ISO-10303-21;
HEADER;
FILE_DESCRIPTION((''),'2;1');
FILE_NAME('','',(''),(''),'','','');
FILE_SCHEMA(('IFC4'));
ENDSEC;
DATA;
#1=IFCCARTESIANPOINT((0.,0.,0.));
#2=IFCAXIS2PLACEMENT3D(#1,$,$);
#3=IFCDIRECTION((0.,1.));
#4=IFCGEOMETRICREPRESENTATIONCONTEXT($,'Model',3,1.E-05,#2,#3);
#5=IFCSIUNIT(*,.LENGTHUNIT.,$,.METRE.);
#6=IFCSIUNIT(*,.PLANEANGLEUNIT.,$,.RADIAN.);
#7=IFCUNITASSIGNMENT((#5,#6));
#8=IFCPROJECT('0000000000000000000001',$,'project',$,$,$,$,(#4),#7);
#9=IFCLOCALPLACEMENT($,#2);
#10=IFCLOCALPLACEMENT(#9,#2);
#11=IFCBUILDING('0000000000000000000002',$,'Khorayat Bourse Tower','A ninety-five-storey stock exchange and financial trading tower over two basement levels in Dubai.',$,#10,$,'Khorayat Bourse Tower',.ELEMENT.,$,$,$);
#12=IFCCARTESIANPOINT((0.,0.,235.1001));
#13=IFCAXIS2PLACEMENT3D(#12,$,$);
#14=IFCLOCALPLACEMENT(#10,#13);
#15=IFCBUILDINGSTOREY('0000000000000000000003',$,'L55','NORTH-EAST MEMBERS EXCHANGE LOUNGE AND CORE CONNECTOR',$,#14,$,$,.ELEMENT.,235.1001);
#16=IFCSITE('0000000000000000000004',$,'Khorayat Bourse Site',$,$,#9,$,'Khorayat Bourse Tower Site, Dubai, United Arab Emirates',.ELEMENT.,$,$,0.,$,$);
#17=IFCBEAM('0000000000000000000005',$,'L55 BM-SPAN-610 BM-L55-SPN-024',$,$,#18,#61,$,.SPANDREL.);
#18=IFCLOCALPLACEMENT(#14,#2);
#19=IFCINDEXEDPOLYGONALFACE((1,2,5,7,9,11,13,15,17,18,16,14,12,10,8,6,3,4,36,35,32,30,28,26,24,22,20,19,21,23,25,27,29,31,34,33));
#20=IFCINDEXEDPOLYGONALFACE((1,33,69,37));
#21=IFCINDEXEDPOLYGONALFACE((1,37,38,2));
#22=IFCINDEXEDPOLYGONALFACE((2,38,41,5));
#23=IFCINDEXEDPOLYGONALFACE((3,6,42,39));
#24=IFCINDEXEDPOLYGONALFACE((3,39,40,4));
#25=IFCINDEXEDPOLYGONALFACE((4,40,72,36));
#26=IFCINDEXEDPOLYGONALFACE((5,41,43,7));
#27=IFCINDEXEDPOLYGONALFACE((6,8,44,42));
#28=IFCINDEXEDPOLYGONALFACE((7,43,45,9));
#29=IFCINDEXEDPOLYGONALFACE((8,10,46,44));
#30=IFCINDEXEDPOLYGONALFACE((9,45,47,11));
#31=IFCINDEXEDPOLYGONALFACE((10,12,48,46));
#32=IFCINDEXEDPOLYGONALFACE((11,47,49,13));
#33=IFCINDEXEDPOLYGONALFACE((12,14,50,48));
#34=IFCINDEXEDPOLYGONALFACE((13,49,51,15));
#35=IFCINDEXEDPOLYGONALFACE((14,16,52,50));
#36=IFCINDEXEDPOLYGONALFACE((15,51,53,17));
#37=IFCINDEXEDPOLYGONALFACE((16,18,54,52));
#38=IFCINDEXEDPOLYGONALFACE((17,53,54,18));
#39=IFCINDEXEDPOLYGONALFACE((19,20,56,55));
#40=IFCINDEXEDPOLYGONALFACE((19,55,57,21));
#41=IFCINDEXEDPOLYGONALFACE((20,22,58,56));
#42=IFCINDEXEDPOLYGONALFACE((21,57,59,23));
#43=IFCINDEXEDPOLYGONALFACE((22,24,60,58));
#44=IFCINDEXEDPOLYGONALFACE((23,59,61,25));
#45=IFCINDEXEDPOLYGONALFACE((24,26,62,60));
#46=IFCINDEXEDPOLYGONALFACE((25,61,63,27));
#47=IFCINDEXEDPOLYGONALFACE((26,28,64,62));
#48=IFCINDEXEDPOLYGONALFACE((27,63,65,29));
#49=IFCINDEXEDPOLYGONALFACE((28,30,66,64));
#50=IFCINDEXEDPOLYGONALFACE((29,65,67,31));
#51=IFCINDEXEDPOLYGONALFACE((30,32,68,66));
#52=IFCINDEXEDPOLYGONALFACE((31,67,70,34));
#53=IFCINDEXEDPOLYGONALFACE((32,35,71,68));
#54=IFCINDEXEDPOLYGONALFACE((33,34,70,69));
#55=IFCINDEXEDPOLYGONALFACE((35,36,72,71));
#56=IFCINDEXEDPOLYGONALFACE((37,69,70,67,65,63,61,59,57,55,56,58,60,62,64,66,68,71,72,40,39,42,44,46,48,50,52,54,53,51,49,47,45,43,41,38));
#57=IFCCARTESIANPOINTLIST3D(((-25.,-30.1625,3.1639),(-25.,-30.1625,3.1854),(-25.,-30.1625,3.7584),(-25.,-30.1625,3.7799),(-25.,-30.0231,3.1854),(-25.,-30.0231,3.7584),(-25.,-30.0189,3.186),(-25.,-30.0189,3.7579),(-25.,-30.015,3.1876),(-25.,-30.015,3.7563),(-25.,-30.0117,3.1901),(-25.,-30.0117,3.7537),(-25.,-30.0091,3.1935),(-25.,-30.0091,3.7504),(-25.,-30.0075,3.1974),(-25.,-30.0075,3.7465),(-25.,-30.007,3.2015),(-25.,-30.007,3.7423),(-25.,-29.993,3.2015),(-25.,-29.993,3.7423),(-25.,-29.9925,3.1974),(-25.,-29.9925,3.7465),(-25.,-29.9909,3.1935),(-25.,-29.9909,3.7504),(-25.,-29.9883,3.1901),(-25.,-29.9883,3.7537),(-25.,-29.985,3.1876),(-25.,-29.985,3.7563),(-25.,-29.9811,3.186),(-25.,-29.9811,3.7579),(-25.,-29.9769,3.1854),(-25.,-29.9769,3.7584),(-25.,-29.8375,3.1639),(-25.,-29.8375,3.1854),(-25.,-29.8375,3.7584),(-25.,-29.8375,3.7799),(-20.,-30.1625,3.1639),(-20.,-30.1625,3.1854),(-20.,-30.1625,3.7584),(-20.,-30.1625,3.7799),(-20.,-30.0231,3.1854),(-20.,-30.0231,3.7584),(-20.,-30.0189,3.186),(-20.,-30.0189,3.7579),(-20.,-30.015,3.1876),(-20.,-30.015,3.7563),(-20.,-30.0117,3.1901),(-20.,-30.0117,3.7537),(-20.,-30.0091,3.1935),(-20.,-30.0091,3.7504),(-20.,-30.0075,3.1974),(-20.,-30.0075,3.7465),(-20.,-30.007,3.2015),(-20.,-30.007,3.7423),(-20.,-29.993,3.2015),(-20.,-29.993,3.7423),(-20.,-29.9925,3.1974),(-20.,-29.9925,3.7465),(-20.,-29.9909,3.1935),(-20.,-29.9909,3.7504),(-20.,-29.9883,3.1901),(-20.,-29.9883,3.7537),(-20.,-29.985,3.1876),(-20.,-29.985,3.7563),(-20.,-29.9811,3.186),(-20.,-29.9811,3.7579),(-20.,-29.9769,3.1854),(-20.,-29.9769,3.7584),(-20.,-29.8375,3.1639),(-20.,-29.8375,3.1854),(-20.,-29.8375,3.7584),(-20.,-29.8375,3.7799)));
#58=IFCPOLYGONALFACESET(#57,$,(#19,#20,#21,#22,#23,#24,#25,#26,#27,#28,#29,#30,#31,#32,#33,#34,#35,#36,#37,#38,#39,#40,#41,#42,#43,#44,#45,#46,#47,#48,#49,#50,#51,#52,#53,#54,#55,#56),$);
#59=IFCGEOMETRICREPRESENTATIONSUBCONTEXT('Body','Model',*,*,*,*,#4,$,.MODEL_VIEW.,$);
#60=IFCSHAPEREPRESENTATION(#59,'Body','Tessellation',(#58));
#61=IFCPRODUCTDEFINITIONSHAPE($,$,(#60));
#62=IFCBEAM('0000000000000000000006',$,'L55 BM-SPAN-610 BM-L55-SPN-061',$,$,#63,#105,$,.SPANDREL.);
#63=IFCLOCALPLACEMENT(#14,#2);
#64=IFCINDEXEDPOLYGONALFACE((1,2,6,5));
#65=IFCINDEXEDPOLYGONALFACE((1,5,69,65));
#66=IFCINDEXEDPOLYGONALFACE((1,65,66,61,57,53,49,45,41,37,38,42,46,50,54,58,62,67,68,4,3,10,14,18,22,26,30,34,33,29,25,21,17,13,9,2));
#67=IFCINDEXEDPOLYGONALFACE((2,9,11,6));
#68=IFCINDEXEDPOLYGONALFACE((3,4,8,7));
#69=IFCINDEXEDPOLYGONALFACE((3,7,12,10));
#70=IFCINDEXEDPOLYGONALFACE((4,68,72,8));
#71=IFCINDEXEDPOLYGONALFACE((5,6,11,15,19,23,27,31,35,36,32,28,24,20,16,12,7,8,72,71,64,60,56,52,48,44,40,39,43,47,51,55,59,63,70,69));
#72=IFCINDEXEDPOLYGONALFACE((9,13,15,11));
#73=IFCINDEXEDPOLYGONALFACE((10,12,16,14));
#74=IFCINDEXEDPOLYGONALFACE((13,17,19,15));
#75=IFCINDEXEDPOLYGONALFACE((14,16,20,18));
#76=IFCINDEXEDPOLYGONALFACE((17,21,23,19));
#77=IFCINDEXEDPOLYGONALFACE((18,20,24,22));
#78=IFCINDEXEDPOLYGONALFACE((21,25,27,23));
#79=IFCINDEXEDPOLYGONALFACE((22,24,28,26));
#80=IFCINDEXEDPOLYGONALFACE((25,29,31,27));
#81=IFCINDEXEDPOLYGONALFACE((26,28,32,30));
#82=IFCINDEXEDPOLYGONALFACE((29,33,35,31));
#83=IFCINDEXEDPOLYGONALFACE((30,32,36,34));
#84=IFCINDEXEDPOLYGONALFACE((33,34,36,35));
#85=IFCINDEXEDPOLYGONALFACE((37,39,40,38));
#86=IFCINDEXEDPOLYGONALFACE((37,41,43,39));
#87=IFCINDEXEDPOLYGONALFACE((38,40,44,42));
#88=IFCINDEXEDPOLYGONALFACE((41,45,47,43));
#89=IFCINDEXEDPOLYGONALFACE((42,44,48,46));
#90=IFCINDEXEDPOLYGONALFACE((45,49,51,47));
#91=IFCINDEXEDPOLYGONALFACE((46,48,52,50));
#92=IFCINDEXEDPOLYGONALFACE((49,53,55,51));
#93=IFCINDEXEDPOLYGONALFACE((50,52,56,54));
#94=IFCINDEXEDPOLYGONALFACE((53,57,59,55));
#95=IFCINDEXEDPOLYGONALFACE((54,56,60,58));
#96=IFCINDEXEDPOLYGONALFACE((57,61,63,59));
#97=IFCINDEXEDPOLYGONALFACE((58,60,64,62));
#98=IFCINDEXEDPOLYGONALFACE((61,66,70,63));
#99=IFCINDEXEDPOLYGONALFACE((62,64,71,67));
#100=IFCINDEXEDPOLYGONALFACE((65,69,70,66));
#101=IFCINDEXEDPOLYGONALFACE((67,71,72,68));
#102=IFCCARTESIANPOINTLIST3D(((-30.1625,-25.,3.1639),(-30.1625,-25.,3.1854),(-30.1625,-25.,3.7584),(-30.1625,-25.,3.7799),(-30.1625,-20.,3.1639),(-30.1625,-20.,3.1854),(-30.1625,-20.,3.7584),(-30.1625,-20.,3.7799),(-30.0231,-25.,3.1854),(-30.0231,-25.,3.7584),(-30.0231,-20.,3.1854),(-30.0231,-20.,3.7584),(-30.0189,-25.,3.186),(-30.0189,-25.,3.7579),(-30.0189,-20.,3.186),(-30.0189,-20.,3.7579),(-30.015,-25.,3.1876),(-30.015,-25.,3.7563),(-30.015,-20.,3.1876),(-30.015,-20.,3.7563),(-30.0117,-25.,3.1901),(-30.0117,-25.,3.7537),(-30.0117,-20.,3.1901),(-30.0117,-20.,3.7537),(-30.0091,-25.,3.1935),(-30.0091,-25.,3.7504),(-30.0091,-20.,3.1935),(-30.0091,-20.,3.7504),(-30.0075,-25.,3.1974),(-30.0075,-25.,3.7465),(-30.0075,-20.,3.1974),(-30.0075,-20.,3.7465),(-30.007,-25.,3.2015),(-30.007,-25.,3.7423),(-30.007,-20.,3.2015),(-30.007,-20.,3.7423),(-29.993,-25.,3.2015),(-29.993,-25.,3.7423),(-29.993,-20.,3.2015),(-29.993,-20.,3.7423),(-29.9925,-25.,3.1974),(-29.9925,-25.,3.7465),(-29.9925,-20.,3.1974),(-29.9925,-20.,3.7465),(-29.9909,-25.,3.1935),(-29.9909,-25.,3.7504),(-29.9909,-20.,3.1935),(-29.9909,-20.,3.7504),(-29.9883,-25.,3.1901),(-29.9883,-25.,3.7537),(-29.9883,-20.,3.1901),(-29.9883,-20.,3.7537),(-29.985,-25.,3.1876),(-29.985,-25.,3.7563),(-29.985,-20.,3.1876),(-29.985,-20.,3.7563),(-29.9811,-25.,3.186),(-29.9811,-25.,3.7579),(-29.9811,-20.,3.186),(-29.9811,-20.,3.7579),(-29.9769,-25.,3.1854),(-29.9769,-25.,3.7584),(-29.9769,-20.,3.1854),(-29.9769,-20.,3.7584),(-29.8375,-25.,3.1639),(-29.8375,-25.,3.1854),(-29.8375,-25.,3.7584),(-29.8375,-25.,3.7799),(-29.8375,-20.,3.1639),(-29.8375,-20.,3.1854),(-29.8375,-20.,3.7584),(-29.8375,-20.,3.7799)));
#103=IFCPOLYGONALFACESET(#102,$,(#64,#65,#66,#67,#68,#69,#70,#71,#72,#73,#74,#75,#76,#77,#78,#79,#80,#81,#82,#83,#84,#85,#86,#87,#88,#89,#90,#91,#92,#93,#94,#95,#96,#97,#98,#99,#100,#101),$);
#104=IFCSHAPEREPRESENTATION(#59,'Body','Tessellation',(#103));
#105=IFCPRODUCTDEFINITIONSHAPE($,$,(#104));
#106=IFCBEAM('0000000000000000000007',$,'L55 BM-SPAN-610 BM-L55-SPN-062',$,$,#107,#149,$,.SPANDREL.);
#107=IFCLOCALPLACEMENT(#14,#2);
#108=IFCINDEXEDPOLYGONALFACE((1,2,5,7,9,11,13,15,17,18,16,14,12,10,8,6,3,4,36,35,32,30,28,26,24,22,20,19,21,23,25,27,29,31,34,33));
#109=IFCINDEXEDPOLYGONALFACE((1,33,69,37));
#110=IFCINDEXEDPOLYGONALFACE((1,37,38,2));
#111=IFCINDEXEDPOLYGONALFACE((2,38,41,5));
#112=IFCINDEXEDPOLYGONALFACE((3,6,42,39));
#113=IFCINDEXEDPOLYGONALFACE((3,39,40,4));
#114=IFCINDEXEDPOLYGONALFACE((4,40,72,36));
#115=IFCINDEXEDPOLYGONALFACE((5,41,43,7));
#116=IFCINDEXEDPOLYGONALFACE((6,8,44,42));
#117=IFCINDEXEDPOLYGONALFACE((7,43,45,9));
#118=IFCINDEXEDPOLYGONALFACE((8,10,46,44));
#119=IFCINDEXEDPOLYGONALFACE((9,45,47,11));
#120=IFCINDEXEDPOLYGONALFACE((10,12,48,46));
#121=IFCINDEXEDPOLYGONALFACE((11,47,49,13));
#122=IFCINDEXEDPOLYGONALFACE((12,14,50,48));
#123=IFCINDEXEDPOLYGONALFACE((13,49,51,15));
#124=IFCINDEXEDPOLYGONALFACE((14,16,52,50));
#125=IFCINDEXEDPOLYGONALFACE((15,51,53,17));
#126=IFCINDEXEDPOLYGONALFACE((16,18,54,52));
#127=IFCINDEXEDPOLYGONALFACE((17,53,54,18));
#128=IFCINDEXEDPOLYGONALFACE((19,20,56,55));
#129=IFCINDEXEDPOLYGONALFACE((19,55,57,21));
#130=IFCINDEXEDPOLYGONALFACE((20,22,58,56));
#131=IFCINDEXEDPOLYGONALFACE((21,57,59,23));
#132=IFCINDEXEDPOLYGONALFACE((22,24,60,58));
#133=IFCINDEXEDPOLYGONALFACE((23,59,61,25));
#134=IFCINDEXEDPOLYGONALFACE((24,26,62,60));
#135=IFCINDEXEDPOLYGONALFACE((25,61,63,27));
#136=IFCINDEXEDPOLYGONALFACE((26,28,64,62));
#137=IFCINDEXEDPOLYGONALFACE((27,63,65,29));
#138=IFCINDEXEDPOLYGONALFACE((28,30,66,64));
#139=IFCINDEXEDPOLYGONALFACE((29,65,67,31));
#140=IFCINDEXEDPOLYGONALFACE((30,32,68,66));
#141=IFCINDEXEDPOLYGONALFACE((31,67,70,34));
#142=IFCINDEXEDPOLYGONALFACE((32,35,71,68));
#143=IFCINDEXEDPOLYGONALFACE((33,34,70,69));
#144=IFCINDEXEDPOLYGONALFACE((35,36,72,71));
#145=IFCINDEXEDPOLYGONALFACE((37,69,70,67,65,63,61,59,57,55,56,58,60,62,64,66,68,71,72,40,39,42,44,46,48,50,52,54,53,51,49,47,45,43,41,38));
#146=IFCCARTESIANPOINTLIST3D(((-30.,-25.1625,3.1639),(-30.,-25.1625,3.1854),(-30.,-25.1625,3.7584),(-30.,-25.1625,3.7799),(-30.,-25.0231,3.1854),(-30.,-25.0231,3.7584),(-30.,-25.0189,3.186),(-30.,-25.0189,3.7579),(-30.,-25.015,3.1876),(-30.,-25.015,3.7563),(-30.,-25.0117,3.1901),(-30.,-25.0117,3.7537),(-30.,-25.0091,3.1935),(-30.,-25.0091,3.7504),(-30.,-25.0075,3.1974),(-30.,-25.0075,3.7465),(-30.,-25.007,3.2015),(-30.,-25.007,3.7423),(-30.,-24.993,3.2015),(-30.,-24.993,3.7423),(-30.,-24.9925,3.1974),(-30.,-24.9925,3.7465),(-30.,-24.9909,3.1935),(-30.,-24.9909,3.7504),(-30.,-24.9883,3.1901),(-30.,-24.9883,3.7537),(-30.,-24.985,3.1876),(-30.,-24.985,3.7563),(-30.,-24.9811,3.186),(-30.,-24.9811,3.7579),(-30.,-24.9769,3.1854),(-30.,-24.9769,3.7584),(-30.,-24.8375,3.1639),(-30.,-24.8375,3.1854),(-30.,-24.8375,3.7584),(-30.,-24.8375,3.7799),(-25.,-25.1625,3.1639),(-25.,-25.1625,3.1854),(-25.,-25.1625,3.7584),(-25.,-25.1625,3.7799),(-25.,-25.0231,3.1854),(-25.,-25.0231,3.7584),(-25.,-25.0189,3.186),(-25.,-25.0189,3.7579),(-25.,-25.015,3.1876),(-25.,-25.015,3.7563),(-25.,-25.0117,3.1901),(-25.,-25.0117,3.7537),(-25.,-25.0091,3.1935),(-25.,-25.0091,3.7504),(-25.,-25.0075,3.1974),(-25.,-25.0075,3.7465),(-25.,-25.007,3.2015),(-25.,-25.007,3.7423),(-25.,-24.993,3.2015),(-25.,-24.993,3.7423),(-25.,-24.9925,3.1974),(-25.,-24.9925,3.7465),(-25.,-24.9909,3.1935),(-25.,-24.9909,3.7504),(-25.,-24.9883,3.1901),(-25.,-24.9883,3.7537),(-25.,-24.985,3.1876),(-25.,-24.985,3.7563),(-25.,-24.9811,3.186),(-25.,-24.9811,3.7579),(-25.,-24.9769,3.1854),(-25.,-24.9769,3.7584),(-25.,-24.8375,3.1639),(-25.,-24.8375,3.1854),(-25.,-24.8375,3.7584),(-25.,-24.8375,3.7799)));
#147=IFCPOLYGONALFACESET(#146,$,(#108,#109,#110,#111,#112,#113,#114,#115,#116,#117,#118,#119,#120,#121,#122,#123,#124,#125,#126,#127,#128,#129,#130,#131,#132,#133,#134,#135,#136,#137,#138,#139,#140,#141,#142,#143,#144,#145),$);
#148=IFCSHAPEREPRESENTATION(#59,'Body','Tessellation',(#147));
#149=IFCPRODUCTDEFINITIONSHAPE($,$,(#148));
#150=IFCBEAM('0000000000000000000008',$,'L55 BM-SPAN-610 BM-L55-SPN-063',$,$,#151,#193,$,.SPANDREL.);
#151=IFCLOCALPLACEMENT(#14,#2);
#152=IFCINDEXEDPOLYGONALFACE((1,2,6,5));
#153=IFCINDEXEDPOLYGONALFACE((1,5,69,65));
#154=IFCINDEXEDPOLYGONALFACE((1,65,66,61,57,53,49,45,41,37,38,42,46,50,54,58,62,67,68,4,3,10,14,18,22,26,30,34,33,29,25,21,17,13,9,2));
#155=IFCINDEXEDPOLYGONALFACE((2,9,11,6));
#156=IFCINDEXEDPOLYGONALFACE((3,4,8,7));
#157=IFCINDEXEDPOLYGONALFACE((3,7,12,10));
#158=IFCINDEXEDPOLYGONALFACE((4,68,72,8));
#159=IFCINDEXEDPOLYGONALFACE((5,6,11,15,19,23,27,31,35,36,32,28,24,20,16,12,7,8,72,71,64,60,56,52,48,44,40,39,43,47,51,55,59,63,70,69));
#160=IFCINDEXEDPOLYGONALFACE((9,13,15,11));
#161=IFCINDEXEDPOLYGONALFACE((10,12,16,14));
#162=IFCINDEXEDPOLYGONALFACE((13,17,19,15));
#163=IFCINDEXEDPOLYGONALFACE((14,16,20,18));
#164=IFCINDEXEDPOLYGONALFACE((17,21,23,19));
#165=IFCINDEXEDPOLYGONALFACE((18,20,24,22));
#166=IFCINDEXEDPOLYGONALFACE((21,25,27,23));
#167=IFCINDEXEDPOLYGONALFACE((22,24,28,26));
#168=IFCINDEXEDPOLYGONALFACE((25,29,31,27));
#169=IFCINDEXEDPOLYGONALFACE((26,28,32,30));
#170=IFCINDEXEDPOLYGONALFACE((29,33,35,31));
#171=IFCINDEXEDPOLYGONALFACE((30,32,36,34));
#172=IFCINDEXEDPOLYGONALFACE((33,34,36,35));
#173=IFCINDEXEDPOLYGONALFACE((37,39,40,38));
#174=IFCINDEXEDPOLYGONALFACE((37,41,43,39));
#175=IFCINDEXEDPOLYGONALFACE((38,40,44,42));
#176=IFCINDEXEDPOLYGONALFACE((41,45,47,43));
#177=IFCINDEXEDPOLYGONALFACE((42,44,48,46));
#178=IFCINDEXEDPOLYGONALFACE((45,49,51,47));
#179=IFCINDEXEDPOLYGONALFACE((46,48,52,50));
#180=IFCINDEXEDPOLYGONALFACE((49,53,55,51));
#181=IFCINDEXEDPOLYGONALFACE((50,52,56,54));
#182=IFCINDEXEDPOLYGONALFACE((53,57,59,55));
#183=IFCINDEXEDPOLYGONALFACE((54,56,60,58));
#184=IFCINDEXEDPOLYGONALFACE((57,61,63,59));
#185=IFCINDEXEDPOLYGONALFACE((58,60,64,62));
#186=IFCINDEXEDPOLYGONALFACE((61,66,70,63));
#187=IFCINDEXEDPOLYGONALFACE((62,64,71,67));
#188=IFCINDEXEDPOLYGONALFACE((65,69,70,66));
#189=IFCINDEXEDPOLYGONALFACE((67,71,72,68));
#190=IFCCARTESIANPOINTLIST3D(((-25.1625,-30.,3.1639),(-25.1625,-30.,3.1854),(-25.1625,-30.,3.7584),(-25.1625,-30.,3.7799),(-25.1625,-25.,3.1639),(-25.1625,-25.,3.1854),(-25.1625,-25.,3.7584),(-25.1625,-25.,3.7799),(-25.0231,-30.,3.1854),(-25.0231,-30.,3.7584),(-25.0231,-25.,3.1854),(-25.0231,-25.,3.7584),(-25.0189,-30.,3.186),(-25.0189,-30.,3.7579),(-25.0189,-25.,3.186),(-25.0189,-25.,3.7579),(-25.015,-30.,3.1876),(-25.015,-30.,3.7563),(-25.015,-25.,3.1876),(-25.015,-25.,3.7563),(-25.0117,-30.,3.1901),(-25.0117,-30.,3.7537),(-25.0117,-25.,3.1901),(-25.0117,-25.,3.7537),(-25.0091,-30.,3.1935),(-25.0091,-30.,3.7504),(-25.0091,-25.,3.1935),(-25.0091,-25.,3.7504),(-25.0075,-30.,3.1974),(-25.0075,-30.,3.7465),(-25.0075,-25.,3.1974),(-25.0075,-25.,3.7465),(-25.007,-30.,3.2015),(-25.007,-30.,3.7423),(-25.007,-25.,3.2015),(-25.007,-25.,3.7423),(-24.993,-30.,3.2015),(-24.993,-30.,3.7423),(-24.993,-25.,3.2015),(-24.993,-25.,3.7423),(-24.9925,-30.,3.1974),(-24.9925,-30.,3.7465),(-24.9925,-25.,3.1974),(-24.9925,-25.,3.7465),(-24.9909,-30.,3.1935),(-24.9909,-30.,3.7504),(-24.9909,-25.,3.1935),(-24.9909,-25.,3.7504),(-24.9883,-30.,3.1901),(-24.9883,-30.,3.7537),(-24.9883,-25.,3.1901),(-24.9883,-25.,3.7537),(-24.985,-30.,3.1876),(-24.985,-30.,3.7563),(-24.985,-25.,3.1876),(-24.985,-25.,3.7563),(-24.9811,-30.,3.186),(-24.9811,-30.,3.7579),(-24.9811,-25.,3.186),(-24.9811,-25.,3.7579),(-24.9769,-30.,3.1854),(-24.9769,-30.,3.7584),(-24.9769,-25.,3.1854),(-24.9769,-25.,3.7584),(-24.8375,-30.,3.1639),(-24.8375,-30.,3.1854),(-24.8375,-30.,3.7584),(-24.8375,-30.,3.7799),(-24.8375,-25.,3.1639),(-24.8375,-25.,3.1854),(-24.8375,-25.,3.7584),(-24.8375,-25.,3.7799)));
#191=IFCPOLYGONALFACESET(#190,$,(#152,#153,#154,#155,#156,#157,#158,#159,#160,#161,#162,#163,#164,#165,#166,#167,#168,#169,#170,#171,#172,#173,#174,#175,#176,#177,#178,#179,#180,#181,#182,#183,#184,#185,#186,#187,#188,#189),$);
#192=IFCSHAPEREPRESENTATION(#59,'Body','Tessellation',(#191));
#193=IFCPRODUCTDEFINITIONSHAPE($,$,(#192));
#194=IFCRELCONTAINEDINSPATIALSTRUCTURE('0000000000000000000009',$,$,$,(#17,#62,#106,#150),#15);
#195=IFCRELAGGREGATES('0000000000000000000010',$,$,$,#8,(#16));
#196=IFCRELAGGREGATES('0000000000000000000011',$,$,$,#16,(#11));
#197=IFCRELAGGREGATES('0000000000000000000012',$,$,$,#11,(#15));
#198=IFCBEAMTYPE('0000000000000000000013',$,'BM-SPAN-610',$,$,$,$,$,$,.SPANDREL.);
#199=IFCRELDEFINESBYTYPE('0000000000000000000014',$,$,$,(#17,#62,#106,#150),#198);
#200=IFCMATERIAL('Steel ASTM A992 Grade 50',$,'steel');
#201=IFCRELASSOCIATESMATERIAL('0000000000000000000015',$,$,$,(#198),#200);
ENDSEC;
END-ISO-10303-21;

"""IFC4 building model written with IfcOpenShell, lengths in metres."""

from ifc_helpers import new_model, si_unit, direction, frame, origin, origin_2d, place, context, subcontext, project, spatial, i_section, extrude, source, transform, mapped, material, material_profile, profile_set, type_object, element, save


model = new_model("IFC4")

# Units and contexts
model_context = context("Model", 3, precision=1e-05, world=origin(), true_north=direction((0.0, 1.0)))
body_context = subcontext(model_context, "Body", "Model", "MODEL_VIEW")
ifc_project = project(units=[si_unit("LENGTHUNIT", "METRE"), si_unit("PLANEANGLEUNIT", "RADIAN")], contexts=[model_context])

# Site, building, storey
site_placement = place(None, origin())
site = spatial("IfcSite", under=ifc_project, at=site_placement, Name="Khorayat Bourse Site", LongName="Khorayat Bourse Tower Site, Dubai, United Arab Emirates", CompositionType="ELEMENT", RefElevation=0.0)
building_placement = place(site_placement, origin())
building = spatial("IfcBuilding", under=site, at=building_placement, Name="Khorayat Bourse Tower", Description="A ninety-five-storey stock exchange and financial trading tower over two basement levels in Dubai.", LongName="Khorayat Bourse Tower", CompositionType="ELEMENT")
storey_placement = place(building_placement, frame((0.0, 0.0, 235.1001)))
storey = spatial("IfcBuildingStorey", under=building, at=storey_placement, Name="L55", Description="NORTH-EAST MEMBERS EXCHANGE LOUNGE AND CORE CONNECTOR", CompositionType="ELEMENT", Elevation=235.1001)

# Beams
ifc_material_1 = material(Name="Steel ASTM A992 Grade 50", Category="steel")
ifc_material_profile_1 = material_profile(ifc_material_1, i_section(OverallWidth=0.325, OverallDepth=0.616, WebThickness=0.0139, FlangeThickness=0.0215, FilletRadius=0.0161, at=origin_2d()), Name="W610X174")
ifc_profile_set_1 = profile_set([ifc_material_profile_1], Name="Steel ASTM A992 Grade 50")
beam_type_1 = type_object("IfcBeamType", Name="BM-SPAN-610", PredefinedType="SPANDREL", material=ifc_profile_set_1)
shared_shape_1 = source(origin(), body_context, "Body", "SweptSolid", [
    extrude(i_section(OverallWidth=0.325, OverallDepth=0.616, WebThickness=0.0139, FlangeThickness=0.0215, FilletRadius=0.0161, at=origin_2d()), origin(), (0.0, 0.0, 1.0), 5.0),
])
for number, where, z_axis, x_axis, name in (
    (1, (-25.0, -30.0, 3.4719), (1.0, 0.0, 0.0), (0.0, 1.0, 0.0), "L55 BM-SPAN-610 BM-L55-SPN-024"),
    (2, (-30.0, -25.0, 3.4719), (0.0, 1.0, 0.0), (-1.0, 0.0, 0.0), "L55 BM-SPAN-610 BM-L55-SPN-061"),
    (3, (-30.0, -25.0, 3.4719), (1.0, 0.0, 0.0), (0.0, 1.0, 0.0), "L55 BM-SPAN-610 BM-L55-SPN-062"),
    (4, (-25.0, -30.0, 3.4719), (0.0, 1.0, 0.0), (-1.0, 0.0, 0.0), "L55 BM-SPAN-610 BM-L55-SPN-063"),
):
    element("IfcBeam", number, at=place(storey_placement, frame(where, z_axis=z_axis, x_axis=x_axis)), inside=storey, type_object=beam_type_1, Name=name, PredefinedType="SPANDREL", context=body_context, shape_type="MappedRepresentation", body=[
        mapped(shared_shape_1, transform((0.0, 0.0, 0.0), scale=1.0)),
    ])

save(model, "model.ifc")
